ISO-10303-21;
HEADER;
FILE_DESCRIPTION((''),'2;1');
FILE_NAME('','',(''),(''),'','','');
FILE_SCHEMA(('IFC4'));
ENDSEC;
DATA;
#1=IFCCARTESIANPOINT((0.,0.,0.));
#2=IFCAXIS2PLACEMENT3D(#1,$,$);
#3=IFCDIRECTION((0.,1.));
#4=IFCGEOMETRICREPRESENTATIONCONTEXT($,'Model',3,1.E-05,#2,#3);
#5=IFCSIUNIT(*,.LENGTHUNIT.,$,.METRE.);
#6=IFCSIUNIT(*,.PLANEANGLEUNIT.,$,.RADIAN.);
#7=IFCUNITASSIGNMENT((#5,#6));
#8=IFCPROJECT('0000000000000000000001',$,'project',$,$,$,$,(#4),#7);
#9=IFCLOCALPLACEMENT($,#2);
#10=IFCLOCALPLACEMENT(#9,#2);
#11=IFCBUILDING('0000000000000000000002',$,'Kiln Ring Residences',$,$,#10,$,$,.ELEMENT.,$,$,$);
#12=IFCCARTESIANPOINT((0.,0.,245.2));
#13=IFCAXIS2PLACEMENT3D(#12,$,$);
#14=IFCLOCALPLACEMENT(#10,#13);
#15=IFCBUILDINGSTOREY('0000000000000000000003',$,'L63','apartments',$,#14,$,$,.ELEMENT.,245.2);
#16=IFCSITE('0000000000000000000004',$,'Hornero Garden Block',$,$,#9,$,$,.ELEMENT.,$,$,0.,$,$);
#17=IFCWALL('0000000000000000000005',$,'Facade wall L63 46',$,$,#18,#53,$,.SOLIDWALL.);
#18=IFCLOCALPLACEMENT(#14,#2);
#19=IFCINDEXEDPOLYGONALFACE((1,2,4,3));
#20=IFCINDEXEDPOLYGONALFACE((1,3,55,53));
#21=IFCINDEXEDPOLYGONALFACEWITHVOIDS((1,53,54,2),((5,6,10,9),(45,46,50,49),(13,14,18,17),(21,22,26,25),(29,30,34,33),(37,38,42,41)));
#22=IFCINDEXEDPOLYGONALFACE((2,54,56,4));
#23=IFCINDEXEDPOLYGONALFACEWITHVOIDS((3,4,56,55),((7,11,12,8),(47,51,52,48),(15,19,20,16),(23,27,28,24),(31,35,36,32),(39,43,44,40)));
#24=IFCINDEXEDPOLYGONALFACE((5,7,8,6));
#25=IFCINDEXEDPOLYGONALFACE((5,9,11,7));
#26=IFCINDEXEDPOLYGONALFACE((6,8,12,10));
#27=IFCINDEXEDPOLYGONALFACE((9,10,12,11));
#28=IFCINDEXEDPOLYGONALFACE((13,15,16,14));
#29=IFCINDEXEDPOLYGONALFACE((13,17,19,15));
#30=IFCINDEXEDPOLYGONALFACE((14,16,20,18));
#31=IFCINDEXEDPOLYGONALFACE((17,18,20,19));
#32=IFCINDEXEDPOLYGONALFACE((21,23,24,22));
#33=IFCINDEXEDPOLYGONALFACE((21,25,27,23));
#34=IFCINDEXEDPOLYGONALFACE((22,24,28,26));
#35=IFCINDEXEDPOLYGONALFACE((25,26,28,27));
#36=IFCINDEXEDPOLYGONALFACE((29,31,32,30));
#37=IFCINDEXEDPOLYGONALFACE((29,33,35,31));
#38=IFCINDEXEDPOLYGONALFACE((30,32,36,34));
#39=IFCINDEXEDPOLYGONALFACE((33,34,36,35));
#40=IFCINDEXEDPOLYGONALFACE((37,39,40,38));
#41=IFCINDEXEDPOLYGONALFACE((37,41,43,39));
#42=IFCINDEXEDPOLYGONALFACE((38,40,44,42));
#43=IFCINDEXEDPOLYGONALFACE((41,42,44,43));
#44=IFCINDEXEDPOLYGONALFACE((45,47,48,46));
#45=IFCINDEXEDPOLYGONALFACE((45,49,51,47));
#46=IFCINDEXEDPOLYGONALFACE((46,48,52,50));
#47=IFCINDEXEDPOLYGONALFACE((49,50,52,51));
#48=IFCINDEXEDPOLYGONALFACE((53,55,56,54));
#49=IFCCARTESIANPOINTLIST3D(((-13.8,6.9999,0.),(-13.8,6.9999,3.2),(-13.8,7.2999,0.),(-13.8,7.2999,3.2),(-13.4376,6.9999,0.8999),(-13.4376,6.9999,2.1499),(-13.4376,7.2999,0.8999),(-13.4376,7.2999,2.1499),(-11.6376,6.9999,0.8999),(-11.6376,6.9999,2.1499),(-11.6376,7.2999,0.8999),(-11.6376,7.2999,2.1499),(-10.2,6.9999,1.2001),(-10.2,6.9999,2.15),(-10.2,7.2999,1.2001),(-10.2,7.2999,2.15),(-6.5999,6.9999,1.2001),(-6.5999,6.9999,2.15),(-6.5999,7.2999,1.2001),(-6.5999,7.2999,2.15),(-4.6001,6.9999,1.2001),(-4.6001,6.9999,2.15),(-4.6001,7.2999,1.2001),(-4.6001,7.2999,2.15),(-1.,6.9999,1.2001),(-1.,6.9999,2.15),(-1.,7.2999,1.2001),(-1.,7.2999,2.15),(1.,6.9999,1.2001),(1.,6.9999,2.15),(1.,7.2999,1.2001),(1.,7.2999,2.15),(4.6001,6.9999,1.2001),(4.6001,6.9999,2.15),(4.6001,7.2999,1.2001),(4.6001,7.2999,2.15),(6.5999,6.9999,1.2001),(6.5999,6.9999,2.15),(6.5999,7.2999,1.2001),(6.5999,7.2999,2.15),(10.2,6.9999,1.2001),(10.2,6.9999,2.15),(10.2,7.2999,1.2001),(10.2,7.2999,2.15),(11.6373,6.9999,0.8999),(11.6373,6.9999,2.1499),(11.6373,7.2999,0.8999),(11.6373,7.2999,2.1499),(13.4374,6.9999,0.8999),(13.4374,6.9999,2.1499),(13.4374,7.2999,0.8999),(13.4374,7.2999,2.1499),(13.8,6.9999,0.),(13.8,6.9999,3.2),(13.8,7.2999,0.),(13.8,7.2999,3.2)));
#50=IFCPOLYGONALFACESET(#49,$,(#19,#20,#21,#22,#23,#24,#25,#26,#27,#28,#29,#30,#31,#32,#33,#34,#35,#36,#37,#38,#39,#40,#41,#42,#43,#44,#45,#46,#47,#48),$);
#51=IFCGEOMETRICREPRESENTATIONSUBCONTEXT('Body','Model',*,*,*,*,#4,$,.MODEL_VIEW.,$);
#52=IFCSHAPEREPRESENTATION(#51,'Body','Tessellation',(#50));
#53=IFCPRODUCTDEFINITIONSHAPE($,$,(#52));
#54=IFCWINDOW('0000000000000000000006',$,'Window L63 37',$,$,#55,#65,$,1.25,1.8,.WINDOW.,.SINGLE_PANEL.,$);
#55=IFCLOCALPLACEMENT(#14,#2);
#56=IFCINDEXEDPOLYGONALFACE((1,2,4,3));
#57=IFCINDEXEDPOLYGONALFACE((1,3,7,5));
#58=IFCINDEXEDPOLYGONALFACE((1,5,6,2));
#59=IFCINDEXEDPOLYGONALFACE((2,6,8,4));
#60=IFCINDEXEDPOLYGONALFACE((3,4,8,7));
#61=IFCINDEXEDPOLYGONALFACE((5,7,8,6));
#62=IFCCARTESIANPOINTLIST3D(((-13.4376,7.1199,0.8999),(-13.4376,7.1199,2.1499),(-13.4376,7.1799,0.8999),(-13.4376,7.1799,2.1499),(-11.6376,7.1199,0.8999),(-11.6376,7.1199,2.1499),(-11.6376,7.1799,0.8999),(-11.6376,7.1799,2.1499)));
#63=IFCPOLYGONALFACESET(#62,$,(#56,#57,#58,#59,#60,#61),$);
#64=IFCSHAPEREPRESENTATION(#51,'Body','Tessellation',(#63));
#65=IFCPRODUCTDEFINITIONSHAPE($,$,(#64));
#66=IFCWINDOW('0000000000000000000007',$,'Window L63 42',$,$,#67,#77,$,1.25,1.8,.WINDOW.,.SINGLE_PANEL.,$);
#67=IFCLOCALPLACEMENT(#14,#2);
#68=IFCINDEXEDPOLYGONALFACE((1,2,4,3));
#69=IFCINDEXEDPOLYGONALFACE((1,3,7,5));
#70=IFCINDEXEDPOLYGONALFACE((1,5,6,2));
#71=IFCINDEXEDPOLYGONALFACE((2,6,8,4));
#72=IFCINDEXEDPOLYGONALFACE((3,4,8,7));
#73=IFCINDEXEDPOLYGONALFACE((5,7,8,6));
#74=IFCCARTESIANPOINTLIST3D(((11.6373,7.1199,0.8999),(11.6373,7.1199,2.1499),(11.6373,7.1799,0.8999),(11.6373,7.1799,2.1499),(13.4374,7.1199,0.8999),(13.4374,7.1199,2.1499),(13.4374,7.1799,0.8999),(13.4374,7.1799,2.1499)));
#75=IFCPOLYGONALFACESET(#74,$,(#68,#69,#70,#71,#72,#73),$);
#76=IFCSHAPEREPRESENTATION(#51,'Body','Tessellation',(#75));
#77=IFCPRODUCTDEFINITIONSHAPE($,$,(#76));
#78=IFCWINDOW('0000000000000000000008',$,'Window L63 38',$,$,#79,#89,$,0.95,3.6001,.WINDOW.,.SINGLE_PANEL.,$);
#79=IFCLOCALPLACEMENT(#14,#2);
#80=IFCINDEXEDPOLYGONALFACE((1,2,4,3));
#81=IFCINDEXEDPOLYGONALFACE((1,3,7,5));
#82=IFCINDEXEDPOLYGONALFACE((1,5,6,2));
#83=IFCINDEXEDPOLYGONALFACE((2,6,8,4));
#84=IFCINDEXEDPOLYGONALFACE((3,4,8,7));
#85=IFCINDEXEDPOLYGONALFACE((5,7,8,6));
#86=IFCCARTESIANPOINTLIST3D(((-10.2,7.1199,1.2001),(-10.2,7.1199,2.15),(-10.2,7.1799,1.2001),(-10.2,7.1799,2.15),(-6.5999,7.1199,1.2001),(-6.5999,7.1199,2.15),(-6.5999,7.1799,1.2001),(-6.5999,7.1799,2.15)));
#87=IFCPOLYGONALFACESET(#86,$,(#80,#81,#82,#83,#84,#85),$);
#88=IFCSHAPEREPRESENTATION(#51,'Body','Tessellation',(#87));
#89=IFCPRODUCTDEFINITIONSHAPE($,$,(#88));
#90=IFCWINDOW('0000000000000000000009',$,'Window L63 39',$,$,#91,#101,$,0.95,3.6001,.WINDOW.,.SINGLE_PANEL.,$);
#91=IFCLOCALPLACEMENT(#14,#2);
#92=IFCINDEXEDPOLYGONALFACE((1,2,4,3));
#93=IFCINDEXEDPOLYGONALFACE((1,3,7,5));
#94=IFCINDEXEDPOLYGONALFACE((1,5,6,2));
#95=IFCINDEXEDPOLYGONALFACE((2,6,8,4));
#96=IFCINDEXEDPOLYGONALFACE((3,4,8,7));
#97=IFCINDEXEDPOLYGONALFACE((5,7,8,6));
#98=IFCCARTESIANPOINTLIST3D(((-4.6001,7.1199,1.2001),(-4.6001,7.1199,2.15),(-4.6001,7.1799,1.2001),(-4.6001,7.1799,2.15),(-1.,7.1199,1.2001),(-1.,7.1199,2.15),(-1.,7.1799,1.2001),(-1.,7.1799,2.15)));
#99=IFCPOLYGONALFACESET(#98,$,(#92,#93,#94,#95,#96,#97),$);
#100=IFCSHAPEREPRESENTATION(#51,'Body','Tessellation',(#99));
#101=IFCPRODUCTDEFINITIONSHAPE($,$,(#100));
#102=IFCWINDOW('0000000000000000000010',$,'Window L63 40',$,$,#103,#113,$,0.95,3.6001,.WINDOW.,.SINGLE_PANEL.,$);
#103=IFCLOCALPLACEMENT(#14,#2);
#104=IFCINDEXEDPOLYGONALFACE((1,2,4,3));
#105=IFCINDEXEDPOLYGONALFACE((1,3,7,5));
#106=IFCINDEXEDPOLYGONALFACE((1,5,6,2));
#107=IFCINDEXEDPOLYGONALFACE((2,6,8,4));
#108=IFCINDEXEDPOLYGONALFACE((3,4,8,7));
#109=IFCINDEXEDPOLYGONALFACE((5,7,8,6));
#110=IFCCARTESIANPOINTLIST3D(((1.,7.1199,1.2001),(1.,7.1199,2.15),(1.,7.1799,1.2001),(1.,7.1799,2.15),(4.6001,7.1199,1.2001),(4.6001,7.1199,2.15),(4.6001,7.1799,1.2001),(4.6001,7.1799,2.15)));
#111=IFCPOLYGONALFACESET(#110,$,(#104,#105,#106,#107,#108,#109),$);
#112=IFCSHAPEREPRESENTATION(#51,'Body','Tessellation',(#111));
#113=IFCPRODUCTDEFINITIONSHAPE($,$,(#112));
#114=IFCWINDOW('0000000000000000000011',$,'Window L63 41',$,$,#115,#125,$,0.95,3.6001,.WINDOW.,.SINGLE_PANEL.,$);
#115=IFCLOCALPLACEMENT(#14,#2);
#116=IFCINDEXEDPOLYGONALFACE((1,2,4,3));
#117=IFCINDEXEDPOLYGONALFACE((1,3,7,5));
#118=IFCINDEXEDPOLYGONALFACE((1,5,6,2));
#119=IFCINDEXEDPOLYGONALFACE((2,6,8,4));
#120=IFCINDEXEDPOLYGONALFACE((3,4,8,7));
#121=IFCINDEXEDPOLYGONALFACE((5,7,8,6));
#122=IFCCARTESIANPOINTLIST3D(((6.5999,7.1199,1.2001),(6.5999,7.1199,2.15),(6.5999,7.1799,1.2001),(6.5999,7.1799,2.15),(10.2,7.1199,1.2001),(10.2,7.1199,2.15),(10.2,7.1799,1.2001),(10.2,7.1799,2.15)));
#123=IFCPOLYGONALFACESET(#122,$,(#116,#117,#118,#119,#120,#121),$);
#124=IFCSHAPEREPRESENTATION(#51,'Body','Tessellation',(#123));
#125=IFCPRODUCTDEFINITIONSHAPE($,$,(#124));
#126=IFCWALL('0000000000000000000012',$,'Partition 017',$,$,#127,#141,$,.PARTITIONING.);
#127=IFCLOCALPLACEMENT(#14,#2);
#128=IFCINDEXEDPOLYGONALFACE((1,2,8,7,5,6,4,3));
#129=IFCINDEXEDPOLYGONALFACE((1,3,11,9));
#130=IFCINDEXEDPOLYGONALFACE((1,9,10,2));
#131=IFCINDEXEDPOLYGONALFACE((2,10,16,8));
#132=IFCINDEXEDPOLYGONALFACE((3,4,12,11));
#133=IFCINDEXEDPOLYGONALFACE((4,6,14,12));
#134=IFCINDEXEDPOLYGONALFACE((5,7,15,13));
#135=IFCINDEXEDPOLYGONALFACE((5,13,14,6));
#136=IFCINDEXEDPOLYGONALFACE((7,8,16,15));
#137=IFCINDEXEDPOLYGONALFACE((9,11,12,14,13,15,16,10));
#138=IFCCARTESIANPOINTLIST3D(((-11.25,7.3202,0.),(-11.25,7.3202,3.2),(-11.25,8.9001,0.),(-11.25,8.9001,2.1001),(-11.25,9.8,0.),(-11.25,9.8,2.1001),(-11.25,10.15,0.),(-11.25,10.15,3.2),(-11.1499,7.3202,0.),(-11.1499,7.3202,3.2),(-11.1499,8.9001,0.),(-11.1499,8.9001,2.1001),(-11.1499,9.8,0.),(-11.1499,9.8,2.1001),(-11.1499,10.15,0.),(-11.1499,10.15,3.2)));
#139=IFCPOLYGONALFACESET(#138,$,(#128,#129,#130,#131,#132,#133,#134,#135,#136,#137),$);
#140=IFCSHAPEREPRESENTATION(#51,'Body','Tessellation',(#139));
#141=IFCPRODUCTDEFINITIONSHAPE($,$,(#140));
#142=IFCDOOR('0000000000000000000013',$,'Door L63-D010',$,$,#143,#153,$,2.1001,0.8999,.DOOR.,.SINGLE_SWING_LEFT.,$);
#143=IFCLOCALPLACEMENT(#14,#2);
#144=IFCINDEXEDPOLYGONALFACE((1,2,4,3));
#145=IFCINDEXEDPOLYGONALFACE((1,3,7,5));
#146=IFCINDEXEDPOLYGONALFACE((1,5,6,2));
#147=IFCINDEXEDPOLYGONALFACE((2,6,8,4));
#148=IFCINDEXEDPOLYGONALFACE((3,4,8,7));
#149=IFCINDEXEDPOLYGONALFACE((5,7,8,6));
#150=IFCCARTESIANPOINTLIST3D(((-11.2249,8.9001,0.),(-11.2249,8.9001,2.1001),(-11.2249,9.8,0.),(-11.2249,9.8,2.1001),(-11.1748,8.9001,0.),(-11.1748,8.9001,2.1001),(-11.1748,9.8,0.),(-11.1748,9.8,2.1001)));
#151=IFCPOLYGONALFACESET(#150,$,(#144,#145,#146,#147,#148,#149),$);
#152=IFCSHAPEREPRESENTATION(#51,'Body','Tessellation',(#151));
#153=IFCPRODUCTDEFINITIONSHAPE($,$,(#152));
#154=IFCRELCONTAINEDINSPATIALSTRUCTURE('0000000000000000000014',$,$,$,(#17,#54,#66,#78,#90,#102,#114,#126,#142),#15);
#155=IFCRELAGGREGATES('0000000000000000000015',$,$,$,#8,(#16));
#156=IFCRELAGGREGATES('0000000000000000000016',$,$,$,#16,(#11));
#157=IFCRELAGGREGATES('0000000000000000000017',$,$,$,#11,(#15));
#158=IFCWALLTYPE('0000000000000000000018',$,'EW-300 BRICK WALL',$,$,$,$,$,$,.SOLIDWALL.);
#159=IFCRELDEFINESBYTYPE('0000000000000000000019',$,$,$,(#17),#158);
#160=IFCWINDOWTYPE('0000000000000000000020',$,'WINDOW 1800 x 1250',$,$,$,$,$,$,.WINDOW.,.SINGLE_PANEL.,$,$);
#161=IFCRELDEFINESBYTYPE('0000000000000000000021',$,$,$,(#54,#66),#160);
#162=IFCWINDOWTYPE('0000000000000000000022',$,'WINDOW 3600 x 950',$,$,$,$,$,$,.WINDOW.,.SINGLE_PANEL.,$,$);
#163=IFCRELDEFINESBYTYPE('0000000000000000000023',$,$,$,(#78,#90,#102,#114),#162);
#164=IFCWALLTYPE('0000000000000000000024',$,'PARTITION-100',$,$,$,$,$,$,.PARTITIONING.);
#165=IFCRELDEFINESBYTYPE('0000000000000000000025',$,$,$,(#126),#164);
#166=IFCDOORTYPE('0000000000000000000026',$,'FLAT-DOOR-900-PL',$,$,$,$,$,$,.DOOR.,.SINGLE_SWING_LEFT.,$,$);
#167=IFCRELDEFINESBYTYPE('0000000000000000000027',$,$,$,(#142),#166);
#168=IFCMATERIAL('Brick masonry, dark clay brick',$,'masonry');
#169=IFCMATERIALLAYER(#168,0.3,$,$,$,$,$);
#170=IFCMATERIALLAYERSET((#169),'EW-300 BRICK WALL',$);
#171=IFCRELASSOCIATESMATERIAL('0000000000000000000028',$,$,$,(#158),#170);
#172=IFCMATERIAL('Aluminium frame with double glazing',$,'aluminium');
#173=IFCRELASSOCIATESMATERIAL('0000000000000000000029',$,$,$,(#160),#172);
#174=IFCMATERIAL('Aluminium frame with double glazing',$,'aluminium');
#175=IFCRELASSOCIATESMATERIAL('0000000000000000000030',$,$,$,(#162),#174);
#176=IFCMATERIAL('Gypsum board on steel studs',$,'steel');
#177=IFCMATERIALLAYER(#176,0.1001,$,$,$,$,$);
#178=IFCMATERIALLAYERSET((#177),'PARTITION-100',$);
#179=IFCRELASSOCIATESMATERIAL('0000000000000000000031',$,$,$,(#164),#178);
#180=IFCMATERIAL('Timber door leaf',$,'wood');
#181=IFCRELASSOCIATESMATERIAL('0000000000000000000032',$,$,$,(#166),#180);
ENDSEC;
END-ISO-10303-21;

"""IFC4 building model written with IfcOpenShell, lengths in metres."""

from ifc_helpers import new_model, si_unit, direction, frame, frame_2d, origin, place, context, subcontext, project, spatial, rectangle, extrude, material, layer, layer_set, type_object, element, fill, save


model = new_model("IFC4")

# Units and contexts
model_context = context("Model", 3, precision=1e-05, world=origin(), true_north=direction((0.0, 1.0)))
body_context = subcontext(model_context, "Body", "Model", "MODEL_VIEW")
ifc_project = project(units=[si_unit("LENGTHUNIT", "METRE"), si_unit("PLANEANGLEUNIT", "RADIAN")], contexts=[model_context])

# Site, building, storey
site_placement = place(None, origin())
site = spatial("IfcSite", under=ifc_project, at=site_placement, Name="Hornero Garden Block", CompositionType="ELEMENT", RefElevation=0.0)
building_placement = place(site_placement, origin())
building = spatial("IfcBuilding", under=site, at=building_placement, Name="Kiln Ring Residences", CompositionType="ELEMENT")
storey_placement = place(building_placement, frame((0.0, 0.0, 245.2)))
storey = spatial("IfcBuildingStorey", under=building, at=storey_placement, Name="L63", Description="apartments", CompositionType="ELEMENT", Elevation=245.2)

# Wall, openings, windows
ifc_material_1 = material(Name="Brick masonry, dark clay brick", Category="masonry")
ifc_layer_1 = layer(ifc_material_1, 0.3)
ifc_layer_set_1 = layer_set([ifc_layer_1], Name="EW-300 BRICK WALL")
wall_type_1 = type_object("IfcWallType", Name="EW-300 BRICK WALL", PredefinedType="SOLIDWALL", material=ifc_layer_set_1)
wall_1_placement = place(storey_placement, frame((-13.8, 7.1499, 0.0), z_axis=(0.0, 0.0, 1.0), x_axis=(1.0, 0.0, 0.0)))
wall_1 = element("IfcWall", 1, at=wall_1_placement, inside=storey, type_object=wall_type_1, Name="Facade wall L63 46", PredefinedType="SOLIDWALL", context=body_context, shape_type="SweptSolid", body=[
    extrude(rectangle(XDim=27.6001, YDim=0.3, at=frame_2d((13.8, 0.0))), origin(), (0.0, 0.0, 1.0), 3.2),
])
opening_1_placement = place(wall_1_placement, frame((0.3625, 0.0, 0.8999)))
opening_1 = element("IfcOpeningElement", 2, at=opening_1_placement, cuts=wall_1, PredefinedType="OPENING", context=body_context, shape_type="SweptSolid", body=[
    extrude(rectangle(XDim=1.8, YDim=1.25, at=frame_2d((0.8999, 0.625))), frame((0.0, 0.1599, 0.0), z_axis=(0.0, -1.0, 0.0), x_axis=(1.0, 0.0, 0.0)), (0.0, 0.0, 1.0), 0.3201),
])
opening_2_placement = place(wall_1_placement, frame((3.6001, 0.0, 1.2)))
opening_2 = element("IfcOpeningElement", 3, at=opening_2_placement, cuts=wall_1, PredefinedType="OPENING", context=body_context, shape_type="SweptSolid", body=[
    extrude(rectangle(XDim=3.6001, YDim=0.95, at=frame_2d((1.8, 0.4751))), frame((0.0, 0.1599, 0.0), z_axis=(0.0, -1.0, 0.0), x_axis=(1.0, 0.0, 0.0)), (0.0, 0.0, 1.0), 0.3201),
])
opening_3_placement = place(wall_1_placement, frame((9.2, 0.0, 1.2)))
opening_3 = element("IfcOpeningElement", 4, at=opening_3_placement, cuts=wall_1, PredefinedType="OPENING", context=body_context, shape_type="SweptSolid", body=[
    extrude(rectangle(XDim=3.6001, YDim=0.95, at=frame_2d((1.8, 0.4751))), frame((0.0, 0.1599, 0.0), z_axis=(0.0, -1.0, 0.0), x_axis=(1.0, 0.0, 0.0)), (0.0, 0.0, 1.0), 0.3201),
])
opening_4_placement = place(wall_1_placement, frame((14.8, 0.0, 1.2)))
opening_4 = element("IfcOpeningElement", 5, at=opening_4_placement, cuts=wall_1, PredefinedType="OPENING", context=body_context, shape_type="SweptSolid", body=[
    extrude(rectangle(XDim=3.6001, YDim=0.95, at=frame_2d((1.8, 0.4751))), frame((0.0, 0.1599, 0.0), z_axis=(0.0, -1.0, 0.0), x_axis=(1.0, 0.0, 0.0)), (0.0, 0.0, 1.0), 0.3201),
])
opening_5_placement = place(wall_1_placement, frame((20.3999, 0.0, 1.2)))
opening_5 = element("IfcOpeningElement", 6, at=opening_5_placement, cuts=wall_1, PredefinedType="OPENING", context=body_context, shape_type="SweptSolid", body=[
    extrude(rectangle(XDim=3.6001, YDim=0.95, at=frame_2d((1.8, 0.4751))), frame((0.0, 0.1599, 0.0), z_axis=(0.0, -1.0, 0.0), x_axis=(1.0, 0.0, 0.0)), (0.0, 0.0, 1.0), 0.3201),
])
opening_6_placement = place(wall_1_placement, frame((25.4375, 0.0, 0.8999)))
opening_6 = element("IfcOpeningElement", 7, at=opening_6_placement, cuts=wall_1, PredefinedType="OPENING", context=body_context, shape_type="SweptSolid", body=[
    extrude(rectangle(XDim=1.8, YDim=1.25, at=frame_2d((0.8999, 0.625))), frame((0.0, 0.1599, 0.0), z_axis=(0.0, -1.0, 0.0), x_axis=(1.0, 0.0, 0.0)), (0.0, 0.0, 1.0), 0.3201),
])
ifc_material_2 = material(Name="Aluminium frame with double glazing", Category="aluminium")
window_type_1 = type_object("IfcWindowType", Name="WINDOW 1800 x 1250", PartitioningType="SINGLE_PANEL", PredefinedType="WINDOW", material=ifc_material_2)
window_1_placement = place(opening_1_placement, origin())
window_1 = element("IfcWindow", 8, at=window_1_placement, inside=storey, type_object=window_type_1, Name="Window L63 37", OverallHeight=1.25, OverallWidth=1.8, PartitioningType="SINGLE_PANEL", PredefinedType="WINDOW", context=body_context, shape_type="SweptSolid", body=[
    extrude(rectangle(XDim=1.8, YDim=1.25, at=frame_2d((0.8999, 0.625))), frame((0.0, 0.03, 0.0), z_axis=(0.0, -1.0, 0.0), x_axis=(1.0, 0.0, 0.0)), (0.0, 0.0, 1.0), 0.0601),
])
fill(opening_1, window_1)
window_2_placement = place(opening_6_placement, origin())
window_2 = element("IfcWindow", 9, at=window_2_placement, inside=storey, type_object=window_type_1, Name="Window L63 42", OverallHeight=1.25, OverallWidth=1.8, PartitioningType="SINGLE_PANEL", PredefinedType="WINDOW", context=body_context, shape_type="SweptSolid", body=[
    extrude(rectangle(XDim=1.8, YDim=1.25, at=frame_2d((0.8999, 0.625))), frame((0.0, 0.03, 0.0), z_axis=(0.0, -1.0, 0.0), x_axis=(1.0, 0.0, 0.0)), (0.0, 0.0, 1.0), 0.0601),
])
fill(opening_6, window_2)
ifc_material_3 = material(Name="Aluminium frame with double glazing", Category="aluminium")
window_type_2 = type_object("IfcWindowType", Name="WINDOW 3600 x 950", PartitioningType="SINGLE_PANEL", PredefinedType="WINDOW", material=ifc_material_3)
window_3_placement = place(opening_2_placement, origin())
window_3 = element("IfcWindow", 10, at=window_3_placement, inside=storey, type_object=window_type_2, Name="Window L63 38", OverallHeight=0.95, OverallWidth=3.6001, PartitioningType="SINGLE_PANEL", PredefinedType="WINDOW", context=body_context, shape_type="SweptSolid", body=[
    extrude(rectangle(XDim=3.6001, YDim=0.95, at=frame_2d((1.8, 0.4751))), frame((0.0, 0.03, 0.0), z_axis=(0.0, -1.0, 0.0), x_axis=(1.0, 0.0, 0.0)), (0.0, 0.0, 1.0), 0.0601),
])
fill(opening_2, window_3)
window_4_placement = place(opening_3_placement, origin())
window_4 = element("IfcWindow", 11, at=window_4_placement, inside=storey, type_object=window_type_2, Name="Window L63 39", OverallHeight=0.95, OverallWidth=3.6001, PartitioningType="SINGLE_PANEL", PredefinedType="WINDOW", context=body_context, shape_type="SweptSolid", body=[
    extrude(rectangle(XDim=3.6001, YDim=0.95, at=frame_2d((1.8, 0.4751))), frame((0.0, 0.03, 0.0), z_axis=(0.0, -1.0, 0.0), x_axis=(1.0, 0.0, 0.0)), (0.0, 0.0, 1.0), 0.0601),
])
fill(opening_3, window_4)
window_5_placement = place(opening_4_placement, origin())
window_5 = element("IfcWindow", 12, at=window_5_placement, inside=storey, type_object=window_type_2, Name="Window L63 40", OverallHeight=0.95, OverallWidth=3.6001, PartitioningType="SINGLE_PANEL", PredefinedType="WINDOW", context=body_context, shape_type="SweptSolid", body=[
    extrude(rectangle(XDim=3.6001, YDim=0.95, at=frame_2d((1.8, 0.4751))), frame((0.0, 0.03, 0.0), z_axis=(0.0, -1.0, 0.0), x_axis=(1.0, 0.0, 0.0)), (0.0, 0.0, 1.0), 0.0601),
])
fill(opening_4, window_5)
window_6_placement = place(opening_5_placement, origin())
window_6 = element("IfcWindow", 13, at=window_6_placement, inside=storey, type_object=window_type_2, Name="Window L63 41", OverallHeight=0.95, OverallWidth=3.6001, PartitioningType="SINGLE_PANEL", PredefinedType="WINDOW", context=body_context, shape_type="SweptSolid", body=[
    extrude(rectangle(XDim=3.6001, YDim=0.95, at=frame_2d((1.8, 0.4751))), frame((0.0, 0.03, 0.0), z_axis=(0.0, -1.0, 0.0), x_axis=(1.0, 0.0, 0.0)), (0.0, 0.0, 1.0), 0.0601),
])
fill(opening_5, window_6)

# Wall, opening, door
ifc_material_4 = material(Name="Gypsum board on steel studs", Category="steel")
ifc_layer_2 = layer(ifc_material_4, 0.1001)
ifc_layer_set_2 = layer_set([ifc_layer_2], Name="PARTITION-100")
wall_type_2 = type_object("IfcWallType", Name="PARTITION-100", PredefinedType="PARTITIONING", material=ifc_layer_set_2)
wall_2_placement = place(storey_placement, frame((-11.2, 7.3201, 0.0), z_axis=(0.0, 0.0, 1.0), x_axis=(0.0, 1.0, 0.0)))
wall_2 = element("IfcWall", 14, at=wall_2_placement, inside=storey, type_object=wall_type_2, Name="Partition 017", PredefinedType="PARTITIONING", context=body_context, shape_type="SweptSolid", body=[
    extrude(rectangle(XDim=2.8298, YDim=0.1001, at=frame_2d((1.415, 0.0))), origin(), (0.0, 0.0, 1.0), 3.2),
])
opening_7_placement = place(wall_2_placement, frame((1.5801, 0.0, 0.0)))
opening_7 = element("IfcOpeningElement", 15, at=opening_7_placement, cuts=wall_2, PredefinedType="OPENING", context=body_context, shape_type="SweptSolid", body=[
    extrude(rectangle(XDim=0.8999, YDim=2.1001, at=frame_2d((0.45, 1.05))), frame((0.0, 0.0601, 0.0), z_axis=(0.0, -1.0, 0.0), x_axis=(1.0, 0.0, 0.0)), (0.0, 0.0, 1.0), 0.1201),
])
ifc_material_5 = material(Name="Timber door leaf", Category="wood")
door_type = type_object("IfcDoorType", Name="FLAT-DOOR-900-PL", OperationType="SINGLE_SWING_LEFT", PredefinedType="DOOR", material=ifc_material_5)
door_placement = place(opening_7_placement, origin())
door = element("IfcDoor", 16, at=door_placement, inside=storey, type_object=door_type, Name="Door L63-D010", OperationType="SINGLE_SWING_LEFT", OverallHeight=2.1001, OverallWidth=0.8999, PredefinedType="DOOR", context=body_context, shape_type="SweptSolid", body=[
    extrude(rectangle(XDim=0.8999, YDim=2.1001, at=frame_2d((0.45, 1.05))), frame((0.0, 0.0249, 0.0), z_axis=(0.0, -1.0, 0.0), x_axis=(1.0, 0.0, 0.0)), (0.0, 0.0, 1.0), 0.05),
])
fill(opening_7, door)

save(model, "model.ifc")
